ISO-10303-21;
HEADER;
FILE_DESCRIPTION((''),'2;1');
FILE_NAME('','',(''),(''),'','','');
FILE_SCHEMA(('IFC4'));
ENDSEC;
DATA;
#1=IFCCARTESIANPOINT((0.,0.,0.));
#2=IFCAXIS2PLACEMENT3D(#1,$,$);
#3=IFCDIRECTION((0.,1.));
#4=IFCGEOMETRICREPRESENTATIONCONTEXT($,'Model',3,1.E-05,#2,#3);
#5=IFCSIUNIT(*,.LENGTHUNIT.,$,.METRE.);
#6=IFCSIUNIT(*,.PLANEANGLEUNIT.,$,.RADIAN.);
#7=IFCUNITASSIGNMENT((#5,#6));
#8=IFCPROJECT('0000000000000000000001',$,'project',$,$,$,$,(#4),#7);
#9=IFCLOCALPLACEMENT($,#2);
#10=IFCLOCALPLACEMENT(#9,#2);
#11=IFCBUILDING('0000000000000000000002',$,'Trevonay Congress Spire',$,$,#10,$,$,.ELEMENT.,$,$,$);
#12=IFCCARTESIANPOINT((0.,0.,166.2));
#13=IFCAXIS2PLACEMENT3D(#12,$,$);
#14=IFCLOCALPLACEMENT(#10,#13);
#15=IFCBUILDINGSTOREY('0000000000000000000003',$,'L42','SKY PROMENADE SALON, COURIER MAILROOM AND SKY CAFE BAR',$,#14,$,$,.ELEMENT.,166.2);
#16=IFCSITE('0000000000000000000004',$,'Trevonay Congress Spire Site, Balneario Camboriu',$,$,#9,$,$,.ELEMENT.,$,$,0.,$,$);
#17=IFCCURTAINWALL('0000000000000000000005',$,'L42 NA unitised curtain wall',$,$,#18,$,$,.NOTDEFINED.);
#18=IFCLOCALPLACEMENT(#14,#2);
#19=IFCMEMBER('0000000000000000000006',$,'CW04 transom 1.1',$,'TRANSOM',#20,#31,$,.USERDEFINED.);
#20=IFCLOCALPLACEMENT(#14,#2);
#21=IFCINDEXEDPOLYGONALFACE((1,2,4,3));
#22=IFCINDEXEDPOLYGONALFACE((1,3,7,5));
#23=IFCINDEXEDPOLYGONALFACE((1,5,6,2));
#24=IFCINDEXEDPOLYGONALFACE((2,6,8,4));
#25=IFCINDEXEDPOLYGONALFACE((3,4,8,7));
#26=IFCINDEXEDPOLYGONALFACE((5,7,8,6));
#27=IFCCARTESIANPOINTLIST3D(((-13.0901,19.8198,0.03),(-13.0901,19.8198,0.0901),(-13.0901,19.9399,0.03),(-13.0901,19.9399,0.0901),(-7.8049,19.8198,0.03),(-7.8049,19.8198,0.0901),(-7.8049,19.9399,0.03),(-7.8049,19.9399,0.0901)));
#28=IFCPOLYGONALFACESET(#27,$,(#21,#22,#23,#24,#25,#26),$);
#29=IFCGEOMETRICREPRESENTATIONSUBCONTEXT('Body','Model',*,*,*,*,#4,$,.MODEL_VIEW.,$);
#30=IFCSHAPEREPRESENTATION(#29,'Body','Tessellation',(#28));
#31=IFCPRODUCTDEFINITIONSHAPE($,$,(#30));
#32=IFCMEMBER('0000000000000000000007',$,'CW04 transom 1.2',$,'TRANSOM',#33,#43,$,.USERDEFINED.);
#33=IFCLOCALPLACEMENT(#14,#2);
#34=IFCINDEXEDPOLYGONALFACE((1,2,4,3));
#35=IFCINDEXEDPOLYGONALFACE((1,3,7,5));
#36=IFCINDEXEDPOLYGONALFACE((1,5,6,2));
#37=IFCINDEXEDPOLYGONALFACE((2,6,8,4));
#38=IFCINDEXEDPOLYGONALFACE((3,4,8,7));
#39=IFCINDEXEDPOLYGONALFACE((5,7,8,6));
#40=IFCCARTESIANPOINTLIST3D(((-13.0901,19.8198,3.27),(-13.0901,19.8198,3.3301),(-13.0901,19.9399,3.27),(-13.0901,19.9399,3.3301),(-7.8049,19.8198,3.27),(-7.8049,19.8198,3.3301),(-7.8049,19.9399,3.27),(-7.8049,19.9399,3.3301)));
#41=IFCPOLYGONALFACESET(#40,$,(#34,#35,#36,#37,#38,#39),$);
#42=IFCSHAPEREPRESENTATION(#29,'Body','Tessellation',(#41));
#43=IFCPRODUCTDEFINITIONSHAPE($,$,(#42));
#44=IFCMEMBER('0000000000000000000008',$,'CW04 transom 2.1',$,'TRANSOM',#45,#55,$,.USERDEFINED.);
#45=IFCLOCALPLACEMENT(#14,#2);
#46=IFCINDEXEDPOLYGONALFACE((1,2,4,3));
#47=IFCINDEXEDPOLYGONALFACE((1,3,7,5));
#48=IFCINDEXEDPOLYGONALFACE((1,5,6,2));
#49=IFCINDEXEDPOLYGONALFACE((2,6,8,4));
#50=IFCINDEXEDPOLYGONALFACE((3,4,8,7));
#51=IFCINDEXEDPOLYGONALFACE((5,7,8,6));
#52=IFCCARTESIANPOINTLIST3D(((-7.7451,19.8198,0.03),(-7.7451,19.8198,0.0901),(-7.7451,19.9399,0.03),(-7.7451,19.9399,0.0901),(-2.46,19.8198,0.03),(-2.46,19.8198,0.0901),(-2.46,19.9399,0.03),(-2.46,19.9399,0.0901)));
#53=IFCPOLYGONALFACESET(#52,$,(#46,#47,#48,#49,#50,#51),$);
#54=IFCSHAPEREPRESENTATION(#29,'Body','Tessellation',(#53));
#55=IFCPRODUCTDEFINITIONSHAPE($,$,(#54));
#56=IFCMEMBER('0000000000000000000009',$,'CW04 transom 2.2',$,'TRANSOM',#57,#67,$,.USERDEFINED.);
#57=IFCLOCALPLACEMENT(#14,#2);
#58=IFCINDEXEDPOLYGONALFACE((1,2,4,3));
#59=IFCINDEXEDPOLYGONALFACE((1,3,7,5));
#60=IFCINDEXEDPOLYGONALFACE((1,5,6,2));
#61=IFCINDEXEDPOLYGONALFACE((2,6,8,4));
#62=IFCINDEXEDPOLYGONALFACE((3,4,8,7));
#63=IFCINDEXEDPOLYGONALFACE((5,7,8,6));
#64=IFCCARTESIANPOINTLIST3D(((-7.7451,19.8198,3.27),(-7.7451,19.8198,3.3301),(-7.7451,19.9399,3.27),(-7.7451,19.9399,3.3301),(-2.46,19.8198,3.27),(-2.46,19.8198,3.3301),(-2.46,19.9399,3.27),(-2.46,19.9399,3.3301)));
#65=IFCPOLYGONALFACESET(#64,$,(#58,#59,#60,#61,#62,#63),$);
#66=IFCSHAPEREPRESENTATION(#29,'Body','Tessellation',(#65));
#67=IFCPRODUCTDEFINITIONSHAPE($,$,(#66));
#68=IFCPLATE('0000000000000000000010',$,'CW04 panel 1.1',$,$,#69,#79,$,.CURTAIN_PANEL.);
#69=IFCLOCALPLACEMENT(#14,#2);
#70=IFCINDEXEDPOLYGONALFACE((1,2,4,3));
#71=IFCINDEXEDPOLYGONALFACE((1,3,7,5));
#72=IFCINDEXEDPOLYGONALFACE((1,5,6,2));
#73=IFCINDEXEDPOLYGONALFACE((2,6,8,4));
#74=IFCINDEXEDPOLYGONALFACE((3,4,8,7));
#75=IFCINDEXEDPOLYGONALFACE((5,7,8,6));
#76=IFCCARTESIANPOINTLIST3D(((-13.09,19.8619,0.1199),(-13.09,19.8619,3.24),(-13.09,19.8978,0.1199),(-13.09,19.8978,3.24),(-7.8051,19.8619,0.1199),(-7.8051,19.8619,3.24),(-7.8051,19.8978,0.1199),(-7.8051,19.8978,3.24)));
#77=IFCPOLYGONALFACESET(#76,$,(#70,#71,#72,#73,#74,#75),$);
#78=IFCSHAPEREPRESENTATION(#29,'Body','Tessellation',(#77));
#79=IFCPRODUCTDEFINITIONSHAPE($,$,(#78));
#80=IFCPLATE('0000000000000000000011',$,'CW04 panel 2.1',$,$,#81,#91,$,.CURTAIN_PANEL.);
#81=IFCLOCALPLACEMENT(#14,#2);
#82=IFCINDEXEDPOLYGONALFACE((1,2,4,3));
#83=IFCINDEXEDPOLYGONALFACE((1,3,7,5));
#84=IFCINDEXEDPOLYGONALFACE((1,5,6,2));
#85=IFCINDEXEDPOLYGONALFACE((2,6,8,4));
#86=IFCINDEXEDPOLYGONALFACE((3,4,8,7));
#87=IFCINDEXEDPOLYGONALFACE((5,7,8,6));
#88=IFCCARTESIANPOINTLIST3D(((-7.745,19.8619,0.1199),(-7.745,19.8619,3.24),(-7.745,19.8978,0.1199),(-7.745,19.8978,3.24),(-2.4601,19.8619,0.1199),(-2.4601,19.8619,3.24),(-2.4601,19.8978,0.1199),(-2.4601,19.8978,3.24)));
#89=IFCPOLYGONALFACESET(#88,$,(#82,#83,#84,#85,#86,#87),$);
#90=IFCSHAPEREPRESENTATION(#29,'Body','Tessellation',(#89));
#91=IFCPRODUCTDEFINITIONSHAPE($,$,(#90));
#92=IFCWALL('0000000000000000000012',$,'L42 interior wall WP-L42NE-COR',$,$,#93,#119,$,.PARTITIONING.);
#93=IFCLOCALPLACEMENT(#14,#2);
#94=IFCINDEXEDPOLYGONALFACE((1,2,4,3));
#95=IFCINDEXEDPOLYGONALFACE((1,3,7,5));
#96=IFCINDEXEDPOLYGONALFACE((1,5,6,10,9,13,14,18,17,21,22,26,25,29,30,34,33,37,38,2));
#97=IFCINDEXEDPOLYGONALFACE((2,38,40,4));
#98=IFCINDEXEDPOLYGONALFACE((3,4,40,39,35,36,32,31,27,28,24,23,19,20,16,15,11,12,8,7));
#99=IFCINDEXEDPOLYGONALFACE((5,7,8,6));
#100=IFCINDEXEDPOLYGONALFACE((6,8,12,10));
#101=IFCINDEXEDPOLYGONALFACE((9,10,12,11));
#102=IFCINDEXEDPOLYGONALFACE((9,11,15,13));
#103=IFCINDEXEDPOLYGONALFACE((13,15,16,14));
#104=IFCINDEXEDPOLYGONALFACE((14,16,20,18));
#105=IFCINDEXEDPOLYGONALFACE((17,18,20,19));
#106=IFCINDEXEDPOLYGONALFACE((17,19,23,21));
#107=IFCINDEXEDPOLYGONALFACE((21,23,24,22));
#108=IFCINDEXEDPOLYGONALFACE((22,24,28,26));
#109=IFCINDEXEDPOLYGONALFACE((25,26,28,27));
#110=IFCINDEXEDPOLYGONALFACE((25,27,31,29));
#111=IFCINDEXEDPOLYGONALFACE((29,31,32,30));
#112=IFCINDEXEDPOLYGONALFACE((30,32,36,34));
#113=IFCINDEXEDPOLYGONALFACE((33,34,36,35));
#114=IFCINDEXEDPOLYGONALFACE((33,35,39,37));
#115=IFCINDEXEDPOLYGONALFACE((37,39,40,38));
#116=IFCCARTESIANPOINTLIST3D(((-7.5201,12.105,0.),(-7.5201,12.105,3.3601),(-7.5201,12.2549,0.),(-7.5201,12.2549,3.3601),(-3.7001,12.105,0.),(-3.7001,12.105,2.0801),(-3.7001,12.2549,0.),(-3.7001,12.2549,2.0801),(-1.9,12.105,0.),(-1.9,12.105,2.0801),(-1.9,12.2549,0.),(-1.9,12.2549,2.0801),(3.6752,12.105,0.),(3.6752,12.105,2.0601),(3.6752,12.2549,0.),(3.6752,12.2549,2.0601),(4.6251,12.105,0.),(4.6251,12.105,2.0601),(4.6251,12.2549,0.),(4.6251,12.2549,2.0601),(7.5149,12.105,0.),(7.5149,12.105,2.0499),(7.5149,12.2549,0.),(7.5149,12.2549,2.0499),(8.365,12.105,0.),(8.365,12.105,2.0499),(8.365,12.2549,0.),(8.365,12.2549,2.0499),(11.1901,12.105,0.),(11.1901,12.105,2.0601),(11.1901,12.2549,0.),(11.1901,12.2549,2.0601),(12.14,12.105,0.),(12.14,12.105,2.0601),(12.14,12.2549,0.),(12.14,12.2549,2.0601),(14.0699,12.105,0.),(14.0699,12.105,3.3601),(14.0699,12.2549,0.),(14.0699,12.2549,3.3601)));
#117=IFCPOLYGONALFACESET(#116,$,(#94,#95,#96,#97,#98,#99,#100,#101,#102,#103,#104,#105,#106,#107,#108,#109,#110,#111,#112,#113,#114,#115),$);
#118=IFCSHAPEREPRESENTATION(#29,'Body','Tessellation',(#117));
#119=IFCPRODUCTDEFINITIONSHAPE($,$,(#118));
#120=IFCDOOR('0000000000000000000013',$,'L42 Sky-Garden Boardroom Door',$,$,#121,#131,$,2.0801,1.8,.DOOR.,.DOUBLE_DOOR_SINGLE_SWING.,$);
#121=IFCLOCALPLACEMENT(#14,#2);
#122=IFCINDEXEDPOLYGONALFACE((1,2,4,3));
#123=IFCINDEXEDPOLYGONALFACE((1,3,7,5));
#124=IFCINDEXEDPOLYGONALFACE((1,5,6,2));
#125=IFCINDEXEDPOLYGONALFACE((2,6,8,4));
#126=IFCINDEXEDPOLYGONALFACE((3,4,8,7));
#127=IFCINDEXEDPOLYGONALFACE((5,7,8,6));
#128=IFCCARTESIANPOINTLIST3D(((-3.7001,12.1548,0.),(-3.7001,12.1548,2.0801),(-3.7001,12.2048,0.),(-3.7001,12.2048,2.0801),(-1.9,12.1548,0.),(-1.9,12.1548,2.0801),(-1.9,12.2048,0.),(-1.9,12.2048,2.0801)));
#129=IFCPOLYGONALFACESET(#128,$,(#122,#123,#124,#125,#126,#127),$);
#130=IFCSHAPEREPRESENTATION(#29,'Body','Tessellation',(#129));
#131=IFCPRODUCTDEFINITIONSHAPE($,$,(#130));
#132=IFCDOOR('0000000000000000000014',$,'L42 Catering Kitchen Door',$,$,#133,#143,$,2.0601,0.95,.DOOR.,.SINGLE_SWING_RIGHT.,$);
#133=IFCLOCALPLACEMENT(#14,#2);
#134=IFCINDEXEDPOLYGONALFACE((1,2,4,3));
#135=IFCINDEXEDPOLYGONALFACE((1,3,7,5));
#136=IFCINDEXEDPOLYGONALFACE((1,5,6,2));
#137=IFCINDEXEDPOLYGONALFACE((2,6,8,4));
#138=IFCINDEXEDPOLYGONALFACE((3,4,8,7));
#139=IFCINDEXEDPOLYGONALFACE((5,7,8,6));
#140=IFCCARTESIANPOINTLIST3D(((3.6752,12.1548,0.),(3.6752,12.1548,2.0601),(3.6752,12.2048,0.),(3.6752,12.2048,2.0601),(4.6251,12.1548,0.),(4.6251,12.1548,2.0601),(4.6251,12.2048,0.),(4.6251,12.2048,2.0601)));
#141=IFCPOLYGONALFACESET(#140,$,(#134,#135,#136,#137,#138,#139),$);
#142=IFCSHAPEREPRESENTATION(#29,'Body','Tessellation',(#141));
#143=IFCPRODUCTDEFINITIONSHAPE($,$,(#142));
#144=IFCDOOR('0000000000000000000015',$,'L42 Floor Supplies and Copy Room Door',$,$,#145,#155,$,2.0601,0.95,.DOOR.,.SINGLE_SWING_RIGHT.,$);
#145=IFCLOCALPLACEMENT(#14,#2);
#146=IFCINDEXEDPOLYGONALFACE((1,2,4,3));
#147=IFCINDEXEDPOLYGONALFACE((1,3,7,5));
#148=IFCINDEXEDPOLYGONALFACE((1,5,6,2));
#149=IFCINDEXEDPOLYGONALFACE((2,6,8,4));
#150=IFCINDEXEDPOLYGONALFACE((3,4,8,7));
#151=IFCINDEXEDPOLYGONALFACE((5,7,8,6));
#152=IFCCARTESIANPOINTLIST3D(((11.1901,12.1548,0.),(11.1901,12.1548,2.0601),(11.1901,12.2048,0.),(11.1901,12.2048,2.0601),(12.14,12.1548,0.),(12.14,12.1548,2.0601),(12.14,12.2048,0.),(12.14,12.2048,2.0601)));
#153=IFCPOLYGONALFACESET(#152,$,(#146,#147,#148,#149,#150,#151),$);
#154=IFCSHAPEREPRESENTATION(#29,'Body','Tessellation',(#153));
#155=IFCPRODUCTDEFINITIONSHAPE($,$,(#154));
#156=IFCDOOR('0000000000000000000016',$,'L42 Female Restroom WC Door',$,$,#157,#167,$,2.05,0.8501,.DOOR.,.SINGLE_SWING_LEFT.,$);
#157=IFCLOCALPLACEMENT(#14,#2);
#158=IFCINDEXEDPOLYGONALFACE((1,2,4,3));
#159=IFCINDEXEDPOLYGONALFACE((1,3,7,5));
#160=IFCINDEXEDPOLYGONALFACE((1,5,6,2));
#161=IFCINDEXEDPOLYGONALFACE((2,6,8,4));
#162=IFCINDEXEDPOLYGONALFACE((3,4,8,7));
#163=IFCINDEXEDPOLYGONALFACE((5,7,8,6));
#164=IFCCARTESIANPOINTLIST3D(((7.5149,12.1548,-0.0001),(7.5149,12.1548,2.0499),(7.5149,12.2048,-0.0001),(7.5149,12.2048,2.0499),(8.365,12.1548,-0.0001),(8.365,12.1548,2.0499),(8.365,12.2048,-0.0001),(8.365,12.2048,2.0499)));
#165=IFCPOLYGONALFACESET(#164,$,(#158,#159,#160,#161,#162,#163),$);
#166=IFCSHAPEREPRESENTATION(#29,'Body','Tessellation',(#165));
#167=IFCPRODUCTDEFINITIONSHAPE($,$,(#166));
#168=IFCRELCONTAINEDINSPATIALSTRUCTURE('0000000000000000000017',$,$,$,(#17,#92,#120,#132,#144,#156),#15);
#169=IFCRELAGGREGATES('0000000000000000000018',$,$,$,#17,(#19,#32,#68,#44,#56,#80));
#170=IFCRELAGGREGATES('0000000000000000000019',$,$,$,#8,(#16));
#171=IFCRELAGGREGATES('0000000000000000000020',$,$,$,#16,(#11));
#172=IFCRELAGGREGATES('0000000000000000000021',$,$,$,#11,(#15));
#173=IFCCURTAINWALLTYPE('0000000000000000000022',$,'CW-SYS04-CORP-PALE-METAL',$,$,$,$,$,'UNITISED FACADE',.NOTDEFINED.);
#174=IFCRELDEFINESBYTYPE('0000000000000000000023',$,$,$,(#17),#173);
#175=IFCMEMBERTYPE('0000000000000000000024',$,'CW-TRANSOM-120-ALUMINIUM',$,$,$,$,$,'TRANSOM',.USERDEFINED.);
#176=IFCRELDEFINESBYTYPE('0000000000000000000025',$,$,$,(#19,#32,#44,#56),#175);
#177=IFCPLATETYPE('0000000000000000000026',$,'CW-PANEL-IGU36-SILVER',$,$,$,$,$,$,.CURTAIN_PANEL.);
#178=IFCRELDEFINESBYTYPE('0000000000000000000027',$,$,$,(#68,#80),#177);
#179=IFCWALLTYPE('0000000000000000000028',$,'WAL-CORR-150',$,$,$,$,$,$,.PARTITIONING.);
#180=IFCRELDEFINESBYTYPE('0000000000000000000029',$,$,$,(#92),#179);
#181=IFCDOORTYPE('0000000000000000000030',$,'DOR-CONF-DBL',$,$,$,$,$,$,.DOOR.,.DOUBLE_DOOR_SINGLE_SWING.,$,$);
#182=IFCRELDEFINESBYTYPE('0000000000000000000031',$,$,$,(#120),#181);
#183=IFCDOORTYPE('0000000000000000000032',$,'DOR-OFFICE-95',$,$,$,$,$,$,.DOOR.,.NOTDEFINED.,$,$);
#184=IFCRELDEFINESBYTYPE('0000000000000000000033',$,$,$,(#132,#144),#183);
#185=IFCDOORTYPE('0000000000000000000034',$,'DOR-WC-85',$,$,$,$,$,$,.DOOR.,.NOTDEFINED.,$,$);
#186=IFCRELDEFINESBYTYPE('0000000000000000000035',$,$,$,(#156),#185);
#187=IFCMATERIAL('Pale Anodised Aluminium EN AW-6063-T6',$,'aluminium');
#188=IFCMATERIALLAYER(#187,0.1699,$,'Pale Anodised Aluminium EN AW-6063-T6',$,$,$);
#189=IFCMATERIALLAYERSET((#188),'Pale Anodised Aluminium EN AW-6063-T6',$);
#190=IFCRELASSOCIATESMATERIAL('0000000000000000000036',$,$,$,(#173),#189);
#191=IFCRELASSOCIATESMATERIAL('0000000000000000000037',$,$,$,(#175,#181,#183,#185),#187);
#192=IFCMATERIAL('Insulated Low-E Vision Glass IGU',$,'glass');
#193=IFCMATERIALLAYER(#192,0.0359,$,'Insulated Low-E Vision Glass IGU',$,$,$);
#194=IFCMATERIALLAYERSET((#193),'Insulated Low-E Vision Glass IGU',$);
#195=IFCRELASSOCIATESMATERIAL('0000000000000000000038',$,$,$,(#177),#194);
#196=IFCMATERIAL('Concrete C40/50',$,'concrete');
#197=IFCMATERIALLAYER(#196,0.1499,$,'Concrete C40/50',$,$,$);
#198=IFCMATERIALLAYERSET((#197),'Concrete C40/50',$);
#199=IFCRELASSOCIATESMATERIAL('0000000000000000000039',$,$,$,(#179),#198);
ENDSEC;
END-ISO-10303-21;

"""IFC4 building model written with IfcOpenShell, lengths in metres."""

from ifc_helpers import new_model, si_unit, direction, frame, frame_2d, origin, origin_2d, place, context, subcontext, project, spatial, rectangle, extrude, material, layer, layer_set, material_profile, profile_set, type_object, element, fill, aggregate, save


model = new_model("IFC4")

# Units and contexts
model_context = context("Model", 3, precision=1e-05, world=origin(), true_north=direction((0.0, 1.0)))
body_context = subcontext(model_context, "Body", "Model", "MODEL_VIEW")
ifc_project = project(units=[si_unit("LENGTHUNIT", "METRE"), si_unit("PLANEANGLEUNIT", "RADIAN")], contexts=[model_context])

# Site, building, storey
site_placement = place(None, origin())
site = spatial("IfcSite", under=ifc_project, at=site_placement, Name="Trevonay Congress Spire Site, Balneario Camboriu", CompositionType="ELEMENT", RefElevation=0.0)
building_placement = place(site_placement, origin())
building = spatial("IfcBuilding", under=site, at=building_placement, Name="Trevonay Congress Spire", CompositionType="ELEMENT")
storey_placement = place(building_placement, frame((0.0, 0.0, 166.2)))
storey = spatial("IfcBuildingStorey", under=building, at=storey_placement, Name="L42", Description="SKY PROMENADE SALON, COURIER MAILROOM AND SKY CAFE BAR", CompositionType="ELEMENT", Elevation=166.2)

# Curtain wall, members, plates
ifc_material_1 = material(Name="Pale Anodised Aluminium EN AW-6063-T6", Category="aluminium")
ifc_layer_1 = layer(ifc_material_1, 0.1699, Name="Pale Anodised Aluminium EN AW-6063-T6")
ifc_layer_set_1 = layer_set([ifc_layer_1], Name="Pale Anodised Aluminium EN AW-6063-T6")
curtain_wall_type = type_object("IfcCurtainWallType", Name="CW-SYS04-CORP-PALE-METAL", ElementType="UNITISED FACADE", PredefinedType="NOTDEFINED", material=ifc_layer_set_1)
curtain_wall_placement = place(storey_placement, origin())
curtain_wall = element("IfcCurtainWall", 1, at=curtain_wall_placement, inside=storey, type_object=curtain_wall_type, Name="L42 NA unitised curtain wall", PredefinedType="NOTDEFINED")
ifc_material_profile_1 = material_profile(ifc_material_1, rectangle(XDim=0.1201, YDim=0.0601, at=origin_2d()), Name="CW-TRANSOM-120-ALUMINIUM")
ifc_profile_set_1 = profile_set([ifc_material_profile_1], Name="Pale Anodised Aluminium EN AW-6063-T6")
member_type_1 = type_object("IfcMemberType", Name="CW-TRANSOM-120-ALUMINIUM", ElementType="TRANSOM", PredefinedType="USERDEFINED", material=ifc_profile_set_1)
member_1_placement = place(storey_placement, frame((-13.0901, 19.8799, 0.0601), z_axis=(1.0, 0.0, 0.0), x_axis=(0.0, 1.0, 0.0)))
member_1 = element("IfcMember", 2, at=member_1_placement, type_object=member_type_1, Name="CW04 transom 1.1", ObjectType="TRANSOM", PredefinedType="USERDEFINED", context=body_context, shape_type="SweptSolid", body=[
    extrude(rectangle(XDim=0.1201, YDim=0.0601, at=origin_2d()), origin(), (0.0, 0.0, 1.0), 5.2852),
])
member_2_placement = place(storey_placement, frame((-13.0901, 19.8799, 3.3), z_axis=(1.0, 0.0, 0.0), x_axis=(0.0, 1.0, 0.0)))
member_2 = element("IfcMember", 3, at=member_2_placement, type_object=member_type_1, Name="CW04 transom 1.2", ObjectType="TRANSOM", PredefinedType="USERDEFINED", context=body_context, shape_type="SweptSolid", body=[
    extrude(rectangle(XDim=0.1201, YDim=0.0601, at=origin_2d()), origin(), (0.0, 0.0, 1.0), 5.2852),
])
member_3_placement = place(storey_placement, frame((-7.7451, 19.8799, 0.0601), z_axis=(1.0, 0.0, 0.0), x_axis=(0.0, 1.0, 0.0)))
member_3 = element("IfcMember", 4, at=member_3_placement, type_object=member_type_1, Name="CW04 transom 2.1", ObjectType="TRANSOM", PredefinedType="USERDEFINED", context=body_context, shape_type="SweptSolid", body=[
    extrude(rectangle(XDim=0.1201, YDim=0.0601, at=origin_2d()), origin(), (0.0, 0.0, 1.0), 5.2852),
])
member_4_placement = place(storey_placement, frame((-7.7451, 19.8799, 3.3), z_axis=(1.0, 0.0, 0.0), x_axis=(0.0, 1.0, 0.0)))
member_4 = element("IfcMember", 5, at=member_4_placement, type_object=member_type_1, Name="CW04 transom 2.2", ObjectType="TRANSOM", PredefinedType="USERDEFINED", context=body_context, shape_type="SweptSolid", body=[
    extrude(rectangle(XDim=0.1201, YDim=0.0601, at=origin_2d()), origin(), (0.0, 0.0, 1.0), 5.2852),
])
ifc_material_2 = material(Name="Insulated Low-E Vision Glass IGU", Category="glass")
ifc_layer_2 = layer(ifc_material_2, 0.0359, Name="Insulated Low-E Vision Glass IGU")
ifc_layer_set_2 = layer_set([ifc_layer_2], Name="Insulated Low-E Vision Glass IGU")
plate_type = type_object("IfcPlateType", Name="CW-PANEL-IGU36-SILVER", PredefinedType="CURTAIN_PANEL", material=ifc_layer_set_2)
plate_1_placement = place(storey_placement, frame((-10.4475, 19.8799, 0.1199), z_axis=(0.0, 0.0, 1.0), x_axis=(1.0, 0.0, 0.0)))
plate_1 = element("IfcPlate", 6, at=plate_1_placement, type_object=plate_type, Name="CW04 panel 1.1", PredefinedType="CURTAIN_PANEL", context=body_context, shape_type="SweptSolid", body=[
    extrude(rectangle(XDim=5.2849, YDim=0.0359, at=origin_2d()), origin(), (0.0, 0.0, 1.0), 3.1201),
])
plate_2_placement = place(storey_placement, frame((-5.1025, 19.8799, 0.1199), z_axis=(0.0, 0.0, 1.0), x_axis=(1.0, 0.0, 0.0)))
plate_2 = element("IfcPlate", 7, at=plate_2_placement, type_object=plate_type, Name="CW04 panel 2.1", PredefinedType="CURTAIN_PANEL", context=body_context, shape_type="SweptSolid", body=[
    extrude(rectangle(XDim=5.2849, YDim=0.0359, at=origin_2d()), origin(), (0.0, 0.0, 1.0), 3.1201),
])
aggregate(curtain_wall, [member_1, member_2, plate_1, member_3, member_4, plate_2])

# Wall, openings, doors
ifc_material_3 = material(Name="Concrete C40/50", Category="concrete")
ifc_layer_3 = layer(ifc_material_3, 0.1499, Name="Concrete C40/50")
ifc_layer_set_3 = layer_set([ifc_layer_3], Name="Concrete C40/50")
wall_type_1 = type_object("IfcWallType", Name="WAL-CORR-150", PredefinedType="PARTITIONING", material=ifc_layer_set_3)
wall_1_placement = place(storey_placement, frame((-7.52, 12.1799, 0.0), z_axis=(0.0, 0.0, 1.0), x_axis=(1.0, 0.0, 0.0)))
wall_1 = element("IfcWall", 8, at=wall_1_placement, inside=storey, type_object=wall_type_1, Name="L42 interior wall WP-L42NE-COR", PredefinedType="PARTITIONING", context=body_context, shape_type="SweptSolid", body=[
    extrude(rectangle(XDim=21.5901, YDim=0.1499, at=frame_2d((10.7949, 0.0))), origin(), (0.0, 0.0, 1.0), 3.3601),
])
opening_1_placement = place(wall_1_placement, frame((3.8201, 0.0, 0.0)))
opening_1 = element("IfcOpeningElement", 9, at=opening_1_placement, cuts=wall_1, PredefinedType="OPENING", context=body_context, shape_type="SweptSolid", body=[
    extrude(rectangle(XDim=1.8, YDim=2.0801, at=frame_2d((0.8999, 1.04))), frame((0.0, 0.085, 0.0), z_axis=(0.0, -1.0, 0.0), x_axis=(1.0, 0.0, 0.0)), (0.0, 0.0, 1.0), 0.1699),
])
opening_2_placement = place(wall_1_placement, frame((11.1951, 0.0, 0.0)))
opening_2 = element("IfcOpeningElement", 10, at=opening_2_placement, cuts=wall_1, PredefinedType="OPENING", context=body_context, shape_type="SweptSolid", body=[
    extrude(rectangle(XDim=0.95, YDim=2.0601, at=frame_2d((0.4751, 1.03))), frame((0.0, 0.085, 0.0), z_axis=(0.0, -1.0, 0.0), x_axis=(1.0, 0.0, 0.0)), (0.0, 0.0, 1.0), 0.1699),
])
opening_3_placement = place(wall_1_placement, frame((15.0349, 0.0, 0.0)))
opening_3 = element("IfcOpeningElement", 11, at=opening_3_placement, cuts=wall_1, PredefinedType="OPENING", context=body_context, shape_type="SweptSolid", body=[
    extrude(rectangle(XDim=0.8501, YDim=2.05, at=frame_2d((0.425, 1.0249))), frame((0.0, 0.085, 0.0), z_axis=(0.0, -1.0, 0.0), x_axis=(1.0, 0.0, 0.0)), (0.0, 0.0, 1.0), 0.1699),
])
opening_4_placement = place(wall_1_placement, frame((18.71, 0.0, 0.0)))
opening_4 = element("IfcOpeningElement", 12, at=opening_4_placement, cuts=wall_1, PredefinedType="OPENING", context=body_context, shape_type="SweptSolid", body=[
    extrude(rectangle(XDim=0.95, YDim=2.0601, at=frame_2d((0.4751, 1.03))), frame((0.0, 0.085, 0.0), z_axis=(0.0, -1.0, 0.0), x_axis=(1.0, 0.0, 0.0)), (0.0, 0.0, 1.0), 0.1699),
])
door_type_1 = type_object("IfcDoorType", Name="DOR-CONF-DBL", OperationType="DOUBLE_DOOR_SINGLE_SWING", PredefinedType="DOOR", material=ifc_material_1)
door_1_placement = place(opening_1_placement, origin())
door_1 = element("IfcDoor", 13, at=door_1_placement, inside=storey, type_object=door_type_1, Name="L42 Sky-Garden Boardroom Door", OperationType="DOUBLE_DOOR_SINGLE_SWING", OverallHeight=2.0801, OverallWidth=1.8, PredefinedType="DOOR", context=body_context, shape_type="SweptSolid", body=[
    extrude(rectangle(XDim=1.8, YDim=2.0801, at=frame_2d((0.8999, 1.04))), frame((0.0, 0.0249, 0.0), z_axis=(0.0, -1.0, 0.0), x_axis=(1.0, 0.0, 0.0)), (0.0, 0.0, 1.0), 0.05),
])
fill(opening_1, door_1)
door_type_2 = type_object("IfcDoorType", Name="DOR-OFFICE-95", OperationType="NOTDEFINED", PredefinedType="DOOR", material=ifc_material_1)
door_2_placement = place(opening_2_placement, origin())
door_2 = element("IfcDoor", 14, at=door_2_placement, inside=storey, type_object=door_type_2, Name="L42 Catering Kitchen Door", OperationType="SINGLE_SWING_RIGHT", OverallHeight=2.0601, OverallWidth=0.95, PredefinedType="DOOR", context=body_context, shape_type="SweptSolid", body=[
    extrude(rectangle(XDim=0.95, YDim=2.0601, at=frame_2d((0.4751, 1.03))), frame((0.0, 0.0249, 0.0), z_axis=(0.0, -1.0, 0.0), x_axis=(1.0, 0.0, 0.0)), (0.0, 0.0, 1.0), 0.05),
])
fill(opening_2, door_2)
door_3_placement = place(opening_4_placement, origin())
door_3 = element("IfcDoor", 15, at=door_3_placement, inside=storey, type_object=door_type_2, Name="L42 Floor Supplies and Copy Room Door", OperationType="SINGLE_SWING_RIGHT", OverallHeight=2.0601, OverallWidth=0.95, PredefinedType="DOOR", context=body_context, shape_type="SweptSolid", body=[
    extrude(rectangle(XDim=0.95, YDim=2.0601, at=frame_2d((0.4751, 1.03))), frame((0.0, 0.0249, 0.0), z_axis=(0.0, -1.0, 0.0), x_axis=(1.0, 0.0, 0.0)), (0.0, 0.0, 1.0), 0.05),
])
fill(opening_4, door_3)
door_type_3 = type_object("IfcDoorType", Name="DOR-WC-85", OperationType="NOTDEFINED", PredefinedType="DOOR", material=ifc_material_1)
door_4_placement = place(opening_3_placement, origin())
door_4 = element("IfcDoor", 16, at=door_4_placement, inside=storey, type_object=door_type_3, Name="L42 Female Restroom WC Door", OperationType="SINGLE_SWING_LEFT", OverallHeight=2.05, OverallWidth=0.8501, PredefinedType="DOOR", context=body_context, shape_type="SweptSolid", body=[
    extrude(rectangle(XDim=0.8501, YDim=2.05, at=frame_2d((0.425, 1.0249))), frame((0.0, 0.0249, 0.0), z_axis=(0.0, -1.0, 0.0), x_axis=(1.0, 0.0, 0.0)), (0.0, 0.0, 1.0), 0.05),
])
fill(opening_3, door_4)

save(model, "model.ifc")
